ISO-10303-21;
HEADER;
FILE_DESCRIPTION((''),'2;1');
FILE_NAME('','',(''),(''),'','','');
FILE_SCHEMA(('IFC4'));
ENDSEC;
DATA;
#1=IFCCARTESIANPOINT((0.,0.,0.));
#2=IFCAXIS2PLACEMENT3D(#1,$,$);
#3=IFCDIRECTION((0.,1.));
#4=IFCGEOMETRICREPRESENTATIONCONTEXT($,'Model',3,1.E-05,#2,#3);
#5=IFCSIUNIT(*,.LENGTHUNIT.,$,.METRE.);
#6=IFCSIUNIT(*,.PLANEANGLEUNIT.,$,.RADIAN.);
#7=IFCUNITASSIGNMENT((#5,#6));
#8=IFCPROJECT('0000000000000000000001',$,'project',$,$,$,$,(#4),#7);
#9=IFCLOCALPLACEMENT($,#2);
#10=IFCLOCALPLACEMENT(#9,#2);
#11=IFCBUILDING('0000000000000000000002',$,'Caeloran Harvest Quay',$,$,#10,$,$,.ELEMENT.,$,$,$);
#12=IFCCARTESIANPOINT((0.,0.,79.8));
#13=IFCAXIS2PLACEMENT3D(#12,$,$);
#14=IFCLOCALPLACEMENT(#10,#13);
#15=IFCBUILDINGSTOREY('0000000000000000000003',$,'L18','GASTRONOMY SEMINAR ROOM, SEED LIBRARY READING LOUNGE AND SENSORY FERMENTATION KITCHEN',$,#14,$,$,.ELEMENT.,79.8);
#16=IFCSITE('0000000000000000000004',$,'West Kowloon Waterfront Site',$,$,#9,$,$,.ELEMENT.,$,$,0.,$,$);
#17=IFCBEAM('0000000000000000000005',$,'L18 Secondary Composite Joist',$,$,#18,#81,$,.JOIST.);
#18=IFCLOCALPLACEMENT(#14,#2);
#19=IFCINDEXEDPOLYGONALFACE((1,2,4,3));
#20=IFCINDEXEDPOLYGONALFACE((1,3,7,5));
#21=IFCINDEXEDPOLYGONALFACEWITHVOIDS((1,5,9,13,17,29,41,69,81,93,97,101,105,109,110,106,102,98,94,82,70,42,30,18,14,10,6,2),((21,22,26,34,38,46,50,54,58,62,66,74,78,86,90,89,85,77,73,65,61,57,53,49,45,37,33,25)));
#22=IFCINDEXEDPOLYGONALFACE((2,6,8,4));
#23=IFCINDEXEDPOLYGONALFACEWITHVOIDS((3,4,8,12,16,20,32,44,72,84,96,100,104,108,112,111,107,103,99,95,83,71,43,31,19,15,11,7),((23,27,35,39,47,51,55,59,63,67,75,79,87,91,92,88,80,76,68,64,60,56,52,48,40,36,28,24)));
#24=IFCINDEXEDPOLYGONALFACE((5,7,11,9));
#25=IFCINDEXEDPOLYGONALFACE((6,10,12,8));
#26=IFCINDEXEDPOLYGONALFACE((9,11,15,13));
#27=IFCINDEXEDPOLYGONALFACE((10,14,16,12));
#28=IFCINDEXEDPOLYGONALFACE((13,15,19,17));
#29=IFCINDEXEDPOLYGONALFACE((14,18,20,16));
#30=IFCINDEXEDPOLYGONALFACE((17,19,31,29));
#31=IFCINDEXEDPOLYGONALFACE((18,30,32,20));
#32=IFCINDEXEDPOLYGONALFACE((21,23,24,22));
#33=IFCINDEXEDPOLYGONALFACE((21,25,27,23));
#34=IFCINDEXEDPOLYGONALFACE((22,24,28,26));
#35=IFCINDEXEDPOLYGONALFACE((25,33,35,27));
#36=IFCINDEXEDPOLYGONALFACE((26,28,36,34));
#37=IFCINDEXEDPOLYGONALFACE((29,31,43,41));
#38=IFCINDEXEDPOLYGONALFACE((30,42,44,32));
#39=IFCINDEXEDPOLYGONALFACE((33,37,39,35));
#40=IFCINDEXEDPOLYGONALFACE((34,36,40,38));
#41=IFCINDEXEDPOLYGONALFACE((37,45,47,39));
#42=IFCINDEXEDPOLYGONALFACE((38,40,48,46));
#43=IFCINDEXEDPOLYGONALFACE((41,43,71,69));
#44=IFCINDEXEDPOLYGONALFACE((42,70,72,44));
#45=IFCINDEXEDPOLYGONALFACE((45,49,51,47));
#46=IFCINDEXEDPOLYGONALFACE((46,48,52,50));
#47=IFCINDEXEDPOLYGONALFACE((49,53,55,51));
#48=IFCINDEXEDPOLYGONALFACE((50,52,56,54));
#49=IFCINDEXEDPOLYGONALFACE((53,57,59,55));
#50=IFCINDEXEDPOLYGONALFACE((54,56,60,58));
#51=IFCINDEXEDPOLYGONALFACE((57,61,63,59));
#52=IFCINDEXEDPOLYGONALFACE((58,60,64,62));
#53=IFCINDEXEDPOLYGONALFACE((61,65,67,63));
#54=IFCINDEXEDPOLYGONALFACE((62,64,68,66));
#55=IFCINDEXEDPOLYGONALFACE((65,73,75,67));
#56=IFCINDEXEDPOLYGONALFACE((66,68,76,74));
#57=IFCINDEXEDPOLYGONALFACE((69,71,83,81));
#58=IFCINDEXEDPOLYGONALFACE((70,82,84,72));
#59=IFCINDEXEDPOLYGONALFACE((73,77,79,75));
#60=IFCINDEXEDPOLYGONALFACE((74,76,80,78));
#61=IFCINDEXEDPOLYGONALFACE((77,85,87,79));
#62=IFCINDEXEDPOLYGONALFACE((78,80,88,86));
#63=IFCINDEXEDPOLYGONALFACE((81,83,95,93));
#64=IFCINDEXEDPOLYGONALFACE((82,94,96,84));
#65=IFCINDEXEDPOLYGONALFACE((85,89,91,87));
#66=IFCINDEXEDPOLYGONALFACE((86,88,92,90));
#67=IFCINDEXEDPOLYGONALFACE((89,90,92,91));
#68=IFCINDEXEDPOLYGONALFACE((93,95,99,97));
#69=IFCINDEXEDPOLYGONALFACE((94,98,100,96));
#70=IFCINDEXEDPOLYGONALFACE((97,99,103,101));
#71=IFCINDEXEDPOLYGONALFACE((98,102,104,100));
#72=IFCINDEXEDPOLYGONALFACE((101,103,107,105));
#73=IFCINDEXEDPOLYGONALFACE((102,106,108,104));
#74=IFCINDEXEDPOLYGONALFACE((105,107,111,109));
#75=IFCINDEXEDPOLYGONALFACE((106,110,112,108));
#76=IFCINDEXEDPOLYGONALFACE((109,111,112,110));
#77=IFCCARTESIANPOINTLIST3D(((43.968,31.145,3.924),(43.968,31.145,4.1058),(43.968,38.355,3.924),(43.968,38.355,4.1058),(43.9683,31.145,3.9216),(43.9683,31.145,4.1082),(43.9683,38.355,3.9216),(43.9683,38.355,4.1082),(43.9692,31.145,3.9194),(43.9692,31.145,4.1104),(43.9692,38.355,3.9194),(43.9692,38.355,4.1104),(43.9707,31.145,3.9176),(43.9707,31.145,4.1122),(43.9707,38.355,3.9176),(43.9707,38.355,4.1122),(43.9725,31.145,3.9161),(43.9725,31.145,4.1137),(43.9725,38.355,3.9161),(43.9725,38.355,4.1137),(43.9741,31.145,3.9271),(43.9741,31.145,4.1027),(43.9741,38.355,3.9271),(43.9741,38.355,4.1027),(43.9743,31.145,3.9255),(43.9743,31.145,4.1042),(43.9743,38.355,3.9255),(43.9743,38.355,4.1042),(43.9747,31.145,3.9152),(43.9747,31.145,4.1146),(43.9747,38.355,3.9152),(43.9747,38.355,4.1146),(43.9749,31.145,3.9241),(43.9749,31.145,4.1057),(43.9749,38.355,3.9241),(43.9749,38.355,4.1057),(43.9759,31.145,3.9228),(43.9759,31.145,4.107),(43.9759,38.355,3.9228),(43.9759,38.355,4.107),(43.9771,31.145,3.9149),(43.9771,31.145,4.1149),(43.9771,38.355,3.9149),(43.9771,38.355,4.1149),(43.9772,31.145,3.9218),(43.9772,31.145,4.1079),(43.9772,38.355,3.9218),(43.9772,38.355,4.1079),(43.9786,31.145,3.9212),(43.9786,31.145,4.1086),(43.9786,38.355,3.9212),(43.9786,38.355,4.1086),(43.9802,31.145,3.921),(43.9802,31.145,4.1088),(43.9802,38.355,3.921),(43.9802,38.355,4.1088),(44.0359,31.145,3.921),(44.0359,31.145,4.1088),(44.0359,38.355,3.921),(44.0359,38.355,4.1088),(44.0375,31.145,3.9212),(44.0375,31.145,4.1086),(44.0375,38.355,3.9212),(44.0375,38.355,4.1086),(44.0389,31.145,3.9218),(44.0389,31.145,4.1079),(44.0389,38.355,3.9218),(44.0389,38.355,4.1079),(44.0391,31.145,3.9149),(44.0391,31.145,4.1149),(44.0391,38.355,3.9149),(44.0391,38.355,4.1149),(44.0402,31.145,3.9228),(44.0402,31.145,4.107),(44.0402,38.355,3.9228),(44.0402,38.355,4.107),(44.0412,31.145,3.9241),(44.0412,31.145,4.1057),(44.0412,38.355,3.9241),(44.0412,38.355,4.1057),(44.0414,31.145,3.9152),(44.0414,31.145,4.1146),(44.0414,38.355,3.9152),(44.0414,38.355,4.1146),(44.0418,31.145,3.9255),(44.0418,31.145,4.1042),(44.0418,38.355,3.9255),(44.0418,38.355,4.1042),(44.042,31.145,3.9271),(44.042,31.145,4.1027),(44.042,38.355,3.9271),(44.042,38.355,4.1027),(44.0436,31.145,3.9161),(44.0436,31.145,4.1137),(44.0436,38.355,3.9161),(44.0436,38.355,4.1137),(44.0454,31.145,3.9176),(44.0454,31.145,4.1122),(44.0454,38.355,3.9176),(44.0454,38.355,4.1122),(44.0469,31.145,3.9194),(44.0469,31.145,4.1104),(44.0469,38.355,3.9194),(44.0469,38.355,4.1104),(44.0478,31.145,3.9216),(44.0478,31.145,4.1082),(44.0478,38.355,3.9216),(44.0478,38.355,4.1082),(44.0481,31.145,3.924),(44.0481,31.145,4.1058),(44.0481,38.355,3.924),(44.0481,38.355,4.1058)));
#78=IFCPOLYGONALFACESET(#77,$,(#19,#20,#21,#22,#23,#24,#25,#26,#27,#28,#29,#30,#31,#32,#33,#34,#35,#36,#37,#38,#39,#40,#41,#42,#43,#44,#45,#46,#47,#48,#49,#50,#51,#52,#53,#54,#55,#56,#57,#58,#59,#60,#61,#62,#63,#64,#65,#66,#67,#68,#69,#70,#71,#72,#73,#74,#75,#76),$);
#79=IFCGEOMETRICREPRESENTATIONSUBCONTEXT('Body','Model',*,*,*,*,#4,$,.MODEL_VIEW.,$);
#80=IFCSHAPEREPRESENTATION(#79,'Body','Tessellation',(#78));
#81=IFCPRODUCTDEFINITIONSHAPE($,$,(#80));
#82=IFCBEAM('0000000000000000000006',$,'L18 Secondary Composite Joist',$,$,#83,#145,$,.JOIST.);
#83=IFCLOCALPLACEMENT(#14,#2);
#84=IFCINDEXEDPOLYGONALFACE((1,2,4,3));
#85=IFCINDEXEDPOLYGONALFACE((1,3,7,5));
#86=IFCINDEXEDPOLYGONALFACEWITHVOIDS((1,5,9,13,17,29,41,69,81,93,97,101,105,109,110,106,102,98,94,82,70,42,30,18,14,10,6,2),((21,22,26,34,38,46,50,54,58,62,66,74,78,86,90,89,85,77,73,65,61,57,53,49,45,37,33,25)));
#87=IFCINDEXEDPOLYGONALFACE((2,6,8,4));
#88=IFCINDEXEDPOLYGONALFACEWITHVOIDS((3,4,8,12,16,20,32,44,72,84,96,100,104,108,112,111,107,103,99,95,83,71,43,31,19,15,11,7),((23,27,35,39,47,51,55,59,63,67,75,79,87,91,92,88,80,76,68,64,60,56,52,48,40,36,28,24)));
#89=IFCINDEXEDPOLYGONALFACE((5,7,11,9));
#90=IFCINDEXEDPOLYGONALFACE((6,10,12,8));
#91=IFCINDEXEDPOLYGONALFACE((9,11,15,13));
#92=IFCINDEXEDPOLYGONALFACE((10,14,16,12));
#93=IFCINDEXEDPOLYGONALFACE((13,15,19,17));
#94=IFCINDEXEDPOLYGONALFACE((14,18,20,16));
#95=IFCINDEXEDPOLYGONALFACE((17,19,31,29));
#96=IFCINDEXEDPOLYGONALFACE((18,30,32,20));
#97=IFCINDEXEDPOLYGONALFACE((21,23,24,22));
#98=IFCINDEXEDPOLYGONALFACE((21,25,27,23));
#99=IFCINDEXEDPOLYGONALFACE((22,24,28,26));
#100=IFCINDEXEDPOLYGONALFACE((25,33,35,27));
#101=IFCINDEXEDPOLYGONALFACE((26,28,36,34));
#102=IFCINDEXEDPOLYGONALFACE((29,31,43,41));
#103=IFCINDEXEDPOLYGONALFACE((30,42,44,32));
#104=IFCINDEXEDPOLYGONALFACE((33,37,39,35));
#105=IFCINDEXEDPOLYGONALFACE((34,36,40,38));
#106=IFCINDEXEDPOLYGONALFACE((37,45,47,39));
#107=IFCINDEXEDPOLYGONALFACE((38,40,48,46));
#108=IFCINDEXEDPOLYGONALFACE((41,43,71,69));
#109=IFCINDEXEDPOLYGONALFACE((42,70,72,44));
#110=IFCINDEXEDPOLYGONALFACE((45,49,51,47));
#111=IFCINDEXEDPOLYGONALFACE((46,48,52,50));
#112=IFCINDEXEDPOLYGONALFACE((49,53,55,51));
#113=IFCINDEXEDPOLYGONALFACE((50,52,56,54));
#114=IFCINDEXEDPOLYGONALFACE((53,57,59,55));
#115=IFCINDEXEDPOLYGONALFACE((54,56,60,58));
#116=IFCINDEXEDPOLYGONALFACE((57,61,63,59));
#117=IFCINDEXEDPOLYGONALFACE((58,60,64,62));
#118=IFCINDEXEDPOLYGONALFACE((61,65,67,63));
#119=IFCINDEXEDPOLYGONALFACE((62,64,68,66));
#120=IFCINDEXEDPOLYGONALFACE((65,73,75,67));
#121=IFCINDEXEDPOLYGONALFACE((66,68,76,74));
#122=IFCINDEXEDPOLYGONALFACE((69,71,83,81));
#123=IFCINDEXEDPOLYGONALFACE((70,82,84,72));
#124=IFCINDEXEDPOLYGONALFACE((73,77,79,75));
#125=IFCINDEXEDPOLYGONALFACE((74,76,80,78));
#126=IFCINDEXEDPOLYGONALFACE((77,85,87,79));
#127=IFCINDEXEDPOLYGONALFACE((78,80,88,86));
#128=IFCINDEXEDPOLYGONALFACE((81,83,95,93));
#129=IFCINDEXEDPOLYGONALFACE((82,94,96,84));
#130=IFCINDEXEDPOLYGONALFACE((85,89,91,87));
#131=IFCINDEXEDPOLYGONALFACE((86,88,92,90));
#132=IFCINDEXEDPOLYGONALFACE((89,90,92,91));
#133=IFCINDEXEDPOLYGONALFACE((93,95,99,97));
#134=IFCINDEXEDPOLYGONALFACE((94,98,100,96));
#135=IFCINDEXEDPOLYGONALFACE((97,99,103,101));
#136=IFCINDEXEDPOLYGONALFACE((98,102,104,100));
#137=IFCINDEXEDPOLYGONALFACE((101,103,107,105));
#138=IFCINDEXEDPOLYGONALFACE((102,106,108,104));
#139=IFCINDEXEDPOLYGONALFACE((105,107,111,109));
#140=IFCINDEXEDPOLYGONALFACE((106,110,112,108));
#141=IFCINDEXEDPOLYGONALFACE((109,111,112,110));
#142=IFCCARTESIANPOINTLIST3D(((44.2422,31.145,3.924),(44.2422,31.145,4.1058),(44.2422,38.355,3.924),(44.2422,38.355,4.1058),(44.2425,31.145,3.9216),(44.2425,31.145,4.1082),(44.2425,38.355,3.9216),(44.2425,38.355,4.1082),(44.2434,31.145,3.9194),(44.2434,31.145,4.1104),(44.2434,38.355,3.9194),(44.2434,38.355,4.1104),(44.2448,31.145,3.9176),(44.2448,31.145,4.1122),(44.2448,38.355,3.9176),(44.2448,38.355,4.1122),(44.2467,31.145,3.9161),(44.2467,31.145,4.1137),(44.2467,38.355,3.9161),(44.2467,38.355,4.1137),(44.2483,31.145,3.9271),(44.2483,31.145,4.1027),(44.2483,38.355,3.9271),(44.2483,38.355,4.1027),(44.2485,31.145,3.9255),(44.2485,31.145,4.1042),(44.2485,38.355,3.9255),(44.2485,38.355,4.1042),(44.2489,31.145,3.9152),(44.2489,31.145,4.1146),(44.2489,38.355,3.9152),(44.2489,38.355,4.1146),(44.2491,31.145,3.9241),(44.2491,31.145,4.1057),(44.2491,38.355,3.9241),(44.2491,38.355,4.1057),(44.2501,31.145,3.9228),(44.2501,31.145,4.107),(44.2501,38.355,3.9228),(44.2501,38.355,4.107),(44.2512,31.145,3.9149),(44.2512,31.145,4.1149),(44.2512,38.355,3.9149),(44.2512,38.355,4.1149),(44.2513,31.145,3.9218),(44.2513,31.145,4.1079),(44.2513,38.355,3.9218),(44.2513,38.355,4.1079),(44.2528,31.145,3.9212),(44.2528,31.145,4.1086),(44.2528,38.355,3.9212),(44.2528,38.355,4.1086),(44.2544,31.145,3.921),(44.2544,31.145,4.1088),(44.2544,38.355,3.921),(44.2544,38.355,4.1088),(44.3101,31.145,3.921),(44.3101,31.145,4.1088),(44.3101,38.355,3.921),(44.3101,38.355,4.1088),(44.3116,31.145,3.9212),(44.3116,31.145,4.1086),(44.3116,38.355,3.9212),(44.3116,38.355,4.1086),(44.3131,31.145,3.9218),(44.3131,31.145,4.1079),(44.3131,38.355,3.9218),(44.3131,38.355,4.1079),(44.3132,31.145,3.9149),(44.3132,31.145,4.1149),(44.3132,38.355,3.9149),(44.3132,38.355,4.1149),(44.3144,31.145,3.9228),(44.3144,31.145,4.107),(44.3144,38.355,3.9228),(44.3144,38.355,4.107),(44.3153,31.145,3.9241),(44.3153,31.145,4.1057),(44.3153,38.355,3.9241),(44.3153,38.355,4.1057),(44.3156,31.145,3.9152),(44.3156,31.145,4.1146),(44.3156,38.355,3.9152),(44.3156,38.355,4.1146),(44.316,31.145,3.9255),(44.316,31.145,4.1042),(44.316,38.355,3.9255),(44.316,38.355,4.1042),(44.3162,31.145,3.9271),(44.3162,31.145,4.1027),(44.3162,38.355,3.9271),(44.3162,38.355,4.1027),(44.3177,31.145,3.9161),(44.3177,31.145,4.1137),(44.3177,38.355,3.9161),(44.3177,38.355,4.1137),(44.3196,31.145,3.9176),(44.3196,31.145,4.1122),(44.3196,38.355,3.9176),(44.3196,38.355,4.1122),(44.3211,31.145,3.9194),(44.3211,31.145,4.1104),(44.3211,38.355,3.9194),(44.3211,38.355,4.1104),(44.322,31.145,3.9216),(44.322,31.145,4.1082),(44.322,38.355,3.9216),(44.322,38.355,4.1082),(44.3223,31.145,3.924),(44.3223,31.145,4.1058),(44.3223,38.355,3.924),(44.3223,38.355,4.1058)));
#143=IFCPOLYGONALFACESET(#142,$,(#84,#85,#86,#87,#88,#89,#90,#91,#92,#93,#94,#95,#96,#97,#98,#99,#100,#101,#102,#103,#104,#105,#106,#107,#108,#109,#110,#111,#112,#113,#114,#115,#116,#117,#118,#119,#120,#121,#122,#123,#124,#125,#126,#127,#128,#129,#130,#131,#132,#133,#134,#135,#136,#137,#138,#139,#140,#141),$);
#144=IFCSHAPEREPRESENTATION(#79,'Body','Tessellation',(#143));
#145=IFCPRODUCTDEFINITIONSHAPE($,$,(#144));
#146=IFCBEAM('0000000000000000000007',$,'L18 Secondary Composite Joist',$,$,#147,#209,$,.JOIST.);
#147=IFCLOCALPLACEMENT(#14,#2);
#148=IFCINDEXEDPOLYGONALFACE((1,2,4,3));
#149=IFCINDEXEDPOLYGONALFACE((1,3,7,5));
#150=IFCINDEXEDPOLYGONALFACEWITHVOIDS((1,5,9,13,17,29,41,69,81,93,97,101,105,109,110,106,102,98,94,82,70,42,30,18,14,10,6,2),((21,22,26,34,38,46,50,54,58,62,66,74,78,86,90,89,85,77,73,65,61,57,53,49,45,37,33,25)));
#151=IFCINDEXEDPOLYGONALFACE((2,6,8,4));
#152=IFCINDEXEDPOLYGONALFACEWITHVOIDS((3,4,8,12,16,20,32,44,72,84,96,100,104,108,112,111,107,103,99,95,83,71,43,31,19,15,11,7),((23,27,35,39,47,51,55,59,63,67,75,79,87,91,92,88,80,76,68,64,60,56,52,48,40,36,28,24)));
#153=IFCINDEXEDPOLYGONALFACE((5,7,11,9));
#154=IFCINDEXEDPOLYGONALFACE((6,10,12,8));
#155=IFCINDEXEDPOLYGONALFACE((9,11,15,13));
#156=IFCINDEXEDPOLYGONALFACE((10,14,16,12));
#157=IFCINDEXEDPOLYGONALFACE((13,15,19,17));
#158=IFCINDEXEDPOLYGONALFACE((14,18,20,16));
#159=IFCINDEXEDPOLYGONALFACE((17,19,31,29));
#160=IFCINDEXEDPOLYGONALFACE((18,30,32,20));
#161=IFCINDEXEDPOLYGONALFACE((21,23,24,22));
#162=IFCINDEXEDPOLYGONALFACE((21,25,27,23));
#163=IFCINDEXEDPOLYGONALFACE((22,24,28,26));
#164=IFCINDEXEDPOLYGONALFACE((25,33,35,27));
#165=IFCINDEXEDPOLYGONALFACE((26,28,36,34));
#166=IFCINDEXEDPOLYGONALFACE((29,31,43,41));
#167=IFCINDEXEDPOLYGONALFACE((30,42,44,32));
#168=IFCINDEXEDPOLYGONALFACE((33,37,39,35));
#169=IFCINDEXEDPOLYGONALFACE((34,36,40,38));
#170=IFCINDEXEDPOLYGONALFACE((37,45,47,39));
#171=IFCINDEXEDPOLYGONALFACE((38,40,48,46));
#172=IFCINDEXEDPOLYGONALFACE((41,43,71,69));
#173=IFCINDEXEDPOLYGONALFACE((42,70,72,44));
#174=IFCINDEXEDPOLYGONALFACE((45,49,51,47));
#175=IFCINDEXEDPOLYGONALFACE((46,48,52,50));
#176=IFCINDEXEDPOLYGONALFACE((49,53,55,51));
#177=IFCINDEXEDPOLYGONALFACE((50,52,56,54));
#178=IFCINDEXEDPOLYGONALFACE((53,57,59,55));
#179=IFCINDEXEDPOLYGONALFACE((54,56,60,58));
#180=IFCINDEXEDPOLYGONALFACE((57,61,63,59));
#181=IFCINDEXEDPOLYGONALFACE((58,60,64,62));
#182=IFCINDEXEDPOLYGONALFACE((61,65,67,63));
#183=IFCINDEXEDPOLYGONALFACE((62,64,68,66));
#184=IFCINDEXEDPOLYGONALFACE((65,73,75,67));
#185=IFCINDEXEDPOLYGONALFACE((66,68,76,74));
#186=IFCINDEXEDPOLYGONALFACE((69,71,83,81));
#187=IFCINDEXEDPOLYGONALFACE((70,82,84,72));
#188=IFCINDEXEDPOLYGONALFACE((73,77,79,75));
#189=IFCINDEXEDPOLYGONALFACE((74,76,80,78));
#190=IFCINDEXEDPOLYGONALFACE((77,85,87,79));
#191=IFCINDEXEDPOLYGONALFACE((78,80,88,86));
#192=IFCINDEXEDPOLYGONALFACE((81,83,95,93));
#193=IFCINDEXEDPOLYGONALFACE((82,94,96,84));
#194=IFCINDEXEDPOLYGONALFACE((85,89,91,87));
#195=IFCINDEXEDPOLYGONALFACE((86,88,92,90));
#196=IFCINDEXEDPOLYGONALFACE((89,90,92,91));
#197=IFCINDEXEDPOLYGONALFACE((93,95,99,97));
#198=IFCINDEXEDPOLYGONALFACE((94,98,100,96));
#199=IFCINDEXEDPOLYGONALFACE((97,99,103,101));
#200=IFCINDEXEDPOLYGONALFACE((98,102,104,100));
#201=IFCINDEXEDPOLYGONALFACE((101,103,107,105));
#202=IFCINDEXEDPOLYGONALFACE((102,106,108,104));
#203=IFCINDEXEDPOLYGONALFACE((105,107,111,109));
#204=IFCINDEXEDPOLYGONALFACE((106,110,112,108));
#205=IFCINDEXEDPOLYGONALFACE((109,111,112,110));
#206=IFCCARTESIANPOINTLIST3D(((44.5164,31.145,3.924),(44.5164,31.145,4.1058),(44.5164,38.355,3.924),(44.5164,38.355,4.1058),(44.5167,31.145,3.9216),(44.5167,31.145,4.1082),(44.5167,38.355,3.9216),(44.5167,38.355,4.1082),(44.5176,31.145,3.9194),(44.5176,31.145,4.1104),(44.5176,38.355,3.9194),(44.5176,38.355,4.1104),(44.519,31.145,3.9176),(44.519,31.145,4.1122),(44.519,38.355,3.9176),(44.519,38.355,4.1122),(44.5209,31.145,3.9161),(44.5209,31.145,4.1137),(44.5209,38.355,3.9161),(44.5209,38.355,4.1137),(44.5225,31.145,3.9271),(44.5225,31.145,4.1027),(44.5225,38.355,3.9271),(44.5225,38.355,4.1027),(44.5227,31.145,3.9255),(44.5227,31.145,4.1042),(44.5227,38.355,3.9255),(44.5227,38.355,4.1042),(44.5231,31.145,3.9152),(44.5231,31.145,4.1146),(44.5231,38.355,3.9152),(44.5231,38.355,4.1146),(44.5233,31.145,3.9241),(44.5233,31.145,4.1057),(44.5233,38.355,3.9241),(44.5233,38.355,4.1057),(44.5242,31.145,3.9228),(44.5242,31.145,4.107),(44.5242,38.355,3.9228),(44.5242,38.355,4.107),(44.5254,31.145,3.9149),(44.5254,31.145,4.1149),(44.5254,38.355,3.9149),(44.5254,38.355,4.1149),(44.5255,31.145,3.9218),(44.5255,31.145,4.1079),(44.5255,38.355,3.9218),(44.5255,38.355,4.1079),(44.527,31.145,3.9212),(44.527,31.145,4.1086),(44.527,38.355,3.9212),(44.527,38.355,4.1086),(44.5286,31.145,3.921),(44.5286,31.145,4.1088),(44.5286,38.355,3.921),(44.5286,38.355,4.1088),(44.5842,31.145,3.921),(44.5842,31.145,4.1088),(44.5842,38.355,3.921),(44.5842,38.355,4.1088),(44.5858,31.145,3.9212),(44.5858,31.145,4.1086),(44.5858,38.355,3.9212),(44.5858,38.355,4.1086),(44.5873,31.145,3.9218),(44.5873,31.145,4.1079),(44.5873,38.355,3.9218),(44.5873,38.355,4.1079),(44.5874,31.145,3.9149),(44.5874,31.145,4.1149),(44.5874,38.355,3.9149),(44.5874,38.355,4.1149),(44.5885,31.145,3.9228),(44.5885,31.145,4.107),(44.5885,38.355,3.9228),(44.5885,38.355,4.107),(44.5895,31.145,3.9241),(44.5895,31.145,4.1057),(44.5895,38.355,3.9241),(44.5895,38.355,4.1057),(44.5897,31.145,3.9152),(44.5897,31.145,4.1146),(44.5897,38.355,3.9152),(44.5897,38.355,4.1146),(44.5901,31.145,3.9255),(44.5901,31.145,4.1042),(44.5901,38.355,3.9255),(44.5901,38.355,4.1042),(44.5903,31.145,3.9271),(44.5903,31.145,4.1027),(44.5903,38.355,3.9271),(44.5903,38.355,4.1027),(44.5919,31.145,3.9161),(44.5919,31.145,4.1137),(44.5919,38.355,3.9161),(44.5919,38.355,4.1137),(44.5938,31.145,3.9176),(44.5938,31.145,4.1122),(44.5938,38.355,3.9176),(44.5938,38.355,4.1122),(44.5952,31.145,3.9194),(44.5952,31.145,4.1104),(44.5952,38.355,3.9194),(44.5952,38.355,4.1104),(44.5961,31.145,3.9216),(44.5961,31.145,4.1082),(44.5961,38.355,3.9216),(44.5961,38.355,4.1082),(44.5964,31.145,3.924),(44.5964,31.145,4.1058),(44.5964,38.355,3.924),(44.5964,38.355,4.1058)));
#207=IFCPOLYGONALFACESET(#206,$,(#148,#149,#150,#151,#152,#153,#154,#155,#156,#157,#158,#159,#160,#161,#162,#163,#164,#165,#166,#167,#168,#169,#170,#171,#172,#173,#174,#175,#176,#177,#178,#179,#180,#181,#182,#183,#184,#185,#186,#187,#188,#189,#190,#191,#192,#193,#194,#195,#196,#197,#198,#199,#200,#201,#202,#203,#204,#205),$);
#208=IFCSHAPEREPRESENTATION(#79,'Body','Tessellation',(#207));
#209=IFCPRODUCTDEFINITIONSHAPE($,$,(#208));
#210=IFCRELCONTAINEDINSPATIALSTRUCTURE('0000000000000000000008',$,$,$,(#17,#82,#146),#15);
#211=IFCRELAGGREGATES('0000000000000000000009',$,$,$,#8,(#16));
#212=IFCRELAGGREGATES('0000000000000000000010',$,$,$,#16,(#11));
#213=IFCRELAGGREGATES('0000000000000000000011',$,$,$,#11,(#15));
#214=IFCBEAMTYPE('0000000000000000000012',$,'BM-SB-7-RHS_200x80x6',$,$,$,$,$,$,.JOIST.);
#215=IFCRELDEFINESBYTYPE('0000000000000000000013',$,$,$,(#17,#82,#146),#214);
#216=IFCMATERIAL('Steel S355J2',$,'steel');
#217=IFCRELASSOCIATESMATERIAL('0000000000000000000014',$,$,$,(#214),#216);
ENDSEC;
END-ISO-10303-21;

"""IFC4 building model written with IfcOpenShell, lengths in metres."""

from ifc_helpers import new_model, si_unit, direction, frame, origin, origin_2d, place, context, subcontext, project, spatial, hollow_rectangle, extrude, material, material_profile, profile_set, type_object, element, save


model = new_model("IFC4")

# Units and contexts
model_context = context("Model", 3, precision=1e-05, world=origin(), true_north=direction((0.0, 1.0)))
body_context = subcontext(model_context, "Body", "Model", "MODEL_VIEW")
ifc_project = project(units=[si_unit("LENGTHUNIT", "METRE"), si_unit("PLANEANGLEUNIT", "RADIAN")], contexts=[model_context])

# Site, building, storey
site_placement = place(None, origin())
site = spatial("IfcSite", under=ifc_project, at=site_placement, Name="West Kowloon Waterfront Site", CompositionType="ELEMENT", RefElevation=0.0)
building_placement = place(site_placement, origin())
building = spatial("IfcBuilding", under=site, at=building_placement, Name="Caeloran Harvest Quay", CompositionType="ELEMENT")
storey_placement = place(building_placement, frame((0.0, 0.0, 79.8)))
storey = spatial("IfcBuildingStorey", under=building, at=storey_placement, Name="L18", Description="GASTRONOMY SEMINAR ROOM, SEED LIBRARY READING LOUNGE AND SENSORY FERMENTATION KITCHEN", CompositionType="ELEMENT", Elevation=79.8)

# Beams
ifc_material_1 = material(Name="Steel S355J2", Category="steel")
ifc_material_profile_1 = material_profile(ifc_material_1, hollow_rectangle(XDim=0.0801, YDim=0.2, WallThickness=0.0061, InnerFilletRadius=0.0061, OuterFilletRadius=0.009, at=origin_2d()), Name="RHS 200x80x6")
ifc_profile_set_1 = profile_set([ifc_material_profile_1], Name="Steel S355J2")
beam_type_1 = type_object("IfcBeamType", Name="BM-SB-7-RHS_200x80x6", PredefinedType="JOIST", material=ifc_profile_set_1)
for number, where, z_axis, x_axis, name in (
    (1, (44.0081, 31.145, 4.0149), (0.0, 1.0, 0.0), (-1.0, 0.0, 0.0), "L18 Secondary Composite Joist"),
    (2, (44.2822, 31.145, 4.0149), (0.0, 1.0, 0.0), (-1.0, 0.0, 0.0), "L18 Secondary Composite Joist"),
    (3, (44.5564, 31.145, 4.0149), (0.0, 1.0, 0.0), (-1.0, 0.0, 0.0), "L18 Secondary Composite Joist"),
):
    element("IfcBeam", number, at=place(storey_placement, frame(where, z_axis=z_axis, x_axis=x_axis)), inside=storey, type_object=beam_type_1, Name=name, PredefinedType="JOIST", context=body_context, shape_type="SweptSolid", body=[
        extrude(hollow_rectangle(XDim=0.0801, YDim=0.2, WallThickness=0.0061, InnerFilletRadius=0.0061, OuterFilletRadius=0.009, at=origin_2d()), origin(), (0.0, 0.0, 1.0), 7.21),
    ])

save(model, "model.ifc")
